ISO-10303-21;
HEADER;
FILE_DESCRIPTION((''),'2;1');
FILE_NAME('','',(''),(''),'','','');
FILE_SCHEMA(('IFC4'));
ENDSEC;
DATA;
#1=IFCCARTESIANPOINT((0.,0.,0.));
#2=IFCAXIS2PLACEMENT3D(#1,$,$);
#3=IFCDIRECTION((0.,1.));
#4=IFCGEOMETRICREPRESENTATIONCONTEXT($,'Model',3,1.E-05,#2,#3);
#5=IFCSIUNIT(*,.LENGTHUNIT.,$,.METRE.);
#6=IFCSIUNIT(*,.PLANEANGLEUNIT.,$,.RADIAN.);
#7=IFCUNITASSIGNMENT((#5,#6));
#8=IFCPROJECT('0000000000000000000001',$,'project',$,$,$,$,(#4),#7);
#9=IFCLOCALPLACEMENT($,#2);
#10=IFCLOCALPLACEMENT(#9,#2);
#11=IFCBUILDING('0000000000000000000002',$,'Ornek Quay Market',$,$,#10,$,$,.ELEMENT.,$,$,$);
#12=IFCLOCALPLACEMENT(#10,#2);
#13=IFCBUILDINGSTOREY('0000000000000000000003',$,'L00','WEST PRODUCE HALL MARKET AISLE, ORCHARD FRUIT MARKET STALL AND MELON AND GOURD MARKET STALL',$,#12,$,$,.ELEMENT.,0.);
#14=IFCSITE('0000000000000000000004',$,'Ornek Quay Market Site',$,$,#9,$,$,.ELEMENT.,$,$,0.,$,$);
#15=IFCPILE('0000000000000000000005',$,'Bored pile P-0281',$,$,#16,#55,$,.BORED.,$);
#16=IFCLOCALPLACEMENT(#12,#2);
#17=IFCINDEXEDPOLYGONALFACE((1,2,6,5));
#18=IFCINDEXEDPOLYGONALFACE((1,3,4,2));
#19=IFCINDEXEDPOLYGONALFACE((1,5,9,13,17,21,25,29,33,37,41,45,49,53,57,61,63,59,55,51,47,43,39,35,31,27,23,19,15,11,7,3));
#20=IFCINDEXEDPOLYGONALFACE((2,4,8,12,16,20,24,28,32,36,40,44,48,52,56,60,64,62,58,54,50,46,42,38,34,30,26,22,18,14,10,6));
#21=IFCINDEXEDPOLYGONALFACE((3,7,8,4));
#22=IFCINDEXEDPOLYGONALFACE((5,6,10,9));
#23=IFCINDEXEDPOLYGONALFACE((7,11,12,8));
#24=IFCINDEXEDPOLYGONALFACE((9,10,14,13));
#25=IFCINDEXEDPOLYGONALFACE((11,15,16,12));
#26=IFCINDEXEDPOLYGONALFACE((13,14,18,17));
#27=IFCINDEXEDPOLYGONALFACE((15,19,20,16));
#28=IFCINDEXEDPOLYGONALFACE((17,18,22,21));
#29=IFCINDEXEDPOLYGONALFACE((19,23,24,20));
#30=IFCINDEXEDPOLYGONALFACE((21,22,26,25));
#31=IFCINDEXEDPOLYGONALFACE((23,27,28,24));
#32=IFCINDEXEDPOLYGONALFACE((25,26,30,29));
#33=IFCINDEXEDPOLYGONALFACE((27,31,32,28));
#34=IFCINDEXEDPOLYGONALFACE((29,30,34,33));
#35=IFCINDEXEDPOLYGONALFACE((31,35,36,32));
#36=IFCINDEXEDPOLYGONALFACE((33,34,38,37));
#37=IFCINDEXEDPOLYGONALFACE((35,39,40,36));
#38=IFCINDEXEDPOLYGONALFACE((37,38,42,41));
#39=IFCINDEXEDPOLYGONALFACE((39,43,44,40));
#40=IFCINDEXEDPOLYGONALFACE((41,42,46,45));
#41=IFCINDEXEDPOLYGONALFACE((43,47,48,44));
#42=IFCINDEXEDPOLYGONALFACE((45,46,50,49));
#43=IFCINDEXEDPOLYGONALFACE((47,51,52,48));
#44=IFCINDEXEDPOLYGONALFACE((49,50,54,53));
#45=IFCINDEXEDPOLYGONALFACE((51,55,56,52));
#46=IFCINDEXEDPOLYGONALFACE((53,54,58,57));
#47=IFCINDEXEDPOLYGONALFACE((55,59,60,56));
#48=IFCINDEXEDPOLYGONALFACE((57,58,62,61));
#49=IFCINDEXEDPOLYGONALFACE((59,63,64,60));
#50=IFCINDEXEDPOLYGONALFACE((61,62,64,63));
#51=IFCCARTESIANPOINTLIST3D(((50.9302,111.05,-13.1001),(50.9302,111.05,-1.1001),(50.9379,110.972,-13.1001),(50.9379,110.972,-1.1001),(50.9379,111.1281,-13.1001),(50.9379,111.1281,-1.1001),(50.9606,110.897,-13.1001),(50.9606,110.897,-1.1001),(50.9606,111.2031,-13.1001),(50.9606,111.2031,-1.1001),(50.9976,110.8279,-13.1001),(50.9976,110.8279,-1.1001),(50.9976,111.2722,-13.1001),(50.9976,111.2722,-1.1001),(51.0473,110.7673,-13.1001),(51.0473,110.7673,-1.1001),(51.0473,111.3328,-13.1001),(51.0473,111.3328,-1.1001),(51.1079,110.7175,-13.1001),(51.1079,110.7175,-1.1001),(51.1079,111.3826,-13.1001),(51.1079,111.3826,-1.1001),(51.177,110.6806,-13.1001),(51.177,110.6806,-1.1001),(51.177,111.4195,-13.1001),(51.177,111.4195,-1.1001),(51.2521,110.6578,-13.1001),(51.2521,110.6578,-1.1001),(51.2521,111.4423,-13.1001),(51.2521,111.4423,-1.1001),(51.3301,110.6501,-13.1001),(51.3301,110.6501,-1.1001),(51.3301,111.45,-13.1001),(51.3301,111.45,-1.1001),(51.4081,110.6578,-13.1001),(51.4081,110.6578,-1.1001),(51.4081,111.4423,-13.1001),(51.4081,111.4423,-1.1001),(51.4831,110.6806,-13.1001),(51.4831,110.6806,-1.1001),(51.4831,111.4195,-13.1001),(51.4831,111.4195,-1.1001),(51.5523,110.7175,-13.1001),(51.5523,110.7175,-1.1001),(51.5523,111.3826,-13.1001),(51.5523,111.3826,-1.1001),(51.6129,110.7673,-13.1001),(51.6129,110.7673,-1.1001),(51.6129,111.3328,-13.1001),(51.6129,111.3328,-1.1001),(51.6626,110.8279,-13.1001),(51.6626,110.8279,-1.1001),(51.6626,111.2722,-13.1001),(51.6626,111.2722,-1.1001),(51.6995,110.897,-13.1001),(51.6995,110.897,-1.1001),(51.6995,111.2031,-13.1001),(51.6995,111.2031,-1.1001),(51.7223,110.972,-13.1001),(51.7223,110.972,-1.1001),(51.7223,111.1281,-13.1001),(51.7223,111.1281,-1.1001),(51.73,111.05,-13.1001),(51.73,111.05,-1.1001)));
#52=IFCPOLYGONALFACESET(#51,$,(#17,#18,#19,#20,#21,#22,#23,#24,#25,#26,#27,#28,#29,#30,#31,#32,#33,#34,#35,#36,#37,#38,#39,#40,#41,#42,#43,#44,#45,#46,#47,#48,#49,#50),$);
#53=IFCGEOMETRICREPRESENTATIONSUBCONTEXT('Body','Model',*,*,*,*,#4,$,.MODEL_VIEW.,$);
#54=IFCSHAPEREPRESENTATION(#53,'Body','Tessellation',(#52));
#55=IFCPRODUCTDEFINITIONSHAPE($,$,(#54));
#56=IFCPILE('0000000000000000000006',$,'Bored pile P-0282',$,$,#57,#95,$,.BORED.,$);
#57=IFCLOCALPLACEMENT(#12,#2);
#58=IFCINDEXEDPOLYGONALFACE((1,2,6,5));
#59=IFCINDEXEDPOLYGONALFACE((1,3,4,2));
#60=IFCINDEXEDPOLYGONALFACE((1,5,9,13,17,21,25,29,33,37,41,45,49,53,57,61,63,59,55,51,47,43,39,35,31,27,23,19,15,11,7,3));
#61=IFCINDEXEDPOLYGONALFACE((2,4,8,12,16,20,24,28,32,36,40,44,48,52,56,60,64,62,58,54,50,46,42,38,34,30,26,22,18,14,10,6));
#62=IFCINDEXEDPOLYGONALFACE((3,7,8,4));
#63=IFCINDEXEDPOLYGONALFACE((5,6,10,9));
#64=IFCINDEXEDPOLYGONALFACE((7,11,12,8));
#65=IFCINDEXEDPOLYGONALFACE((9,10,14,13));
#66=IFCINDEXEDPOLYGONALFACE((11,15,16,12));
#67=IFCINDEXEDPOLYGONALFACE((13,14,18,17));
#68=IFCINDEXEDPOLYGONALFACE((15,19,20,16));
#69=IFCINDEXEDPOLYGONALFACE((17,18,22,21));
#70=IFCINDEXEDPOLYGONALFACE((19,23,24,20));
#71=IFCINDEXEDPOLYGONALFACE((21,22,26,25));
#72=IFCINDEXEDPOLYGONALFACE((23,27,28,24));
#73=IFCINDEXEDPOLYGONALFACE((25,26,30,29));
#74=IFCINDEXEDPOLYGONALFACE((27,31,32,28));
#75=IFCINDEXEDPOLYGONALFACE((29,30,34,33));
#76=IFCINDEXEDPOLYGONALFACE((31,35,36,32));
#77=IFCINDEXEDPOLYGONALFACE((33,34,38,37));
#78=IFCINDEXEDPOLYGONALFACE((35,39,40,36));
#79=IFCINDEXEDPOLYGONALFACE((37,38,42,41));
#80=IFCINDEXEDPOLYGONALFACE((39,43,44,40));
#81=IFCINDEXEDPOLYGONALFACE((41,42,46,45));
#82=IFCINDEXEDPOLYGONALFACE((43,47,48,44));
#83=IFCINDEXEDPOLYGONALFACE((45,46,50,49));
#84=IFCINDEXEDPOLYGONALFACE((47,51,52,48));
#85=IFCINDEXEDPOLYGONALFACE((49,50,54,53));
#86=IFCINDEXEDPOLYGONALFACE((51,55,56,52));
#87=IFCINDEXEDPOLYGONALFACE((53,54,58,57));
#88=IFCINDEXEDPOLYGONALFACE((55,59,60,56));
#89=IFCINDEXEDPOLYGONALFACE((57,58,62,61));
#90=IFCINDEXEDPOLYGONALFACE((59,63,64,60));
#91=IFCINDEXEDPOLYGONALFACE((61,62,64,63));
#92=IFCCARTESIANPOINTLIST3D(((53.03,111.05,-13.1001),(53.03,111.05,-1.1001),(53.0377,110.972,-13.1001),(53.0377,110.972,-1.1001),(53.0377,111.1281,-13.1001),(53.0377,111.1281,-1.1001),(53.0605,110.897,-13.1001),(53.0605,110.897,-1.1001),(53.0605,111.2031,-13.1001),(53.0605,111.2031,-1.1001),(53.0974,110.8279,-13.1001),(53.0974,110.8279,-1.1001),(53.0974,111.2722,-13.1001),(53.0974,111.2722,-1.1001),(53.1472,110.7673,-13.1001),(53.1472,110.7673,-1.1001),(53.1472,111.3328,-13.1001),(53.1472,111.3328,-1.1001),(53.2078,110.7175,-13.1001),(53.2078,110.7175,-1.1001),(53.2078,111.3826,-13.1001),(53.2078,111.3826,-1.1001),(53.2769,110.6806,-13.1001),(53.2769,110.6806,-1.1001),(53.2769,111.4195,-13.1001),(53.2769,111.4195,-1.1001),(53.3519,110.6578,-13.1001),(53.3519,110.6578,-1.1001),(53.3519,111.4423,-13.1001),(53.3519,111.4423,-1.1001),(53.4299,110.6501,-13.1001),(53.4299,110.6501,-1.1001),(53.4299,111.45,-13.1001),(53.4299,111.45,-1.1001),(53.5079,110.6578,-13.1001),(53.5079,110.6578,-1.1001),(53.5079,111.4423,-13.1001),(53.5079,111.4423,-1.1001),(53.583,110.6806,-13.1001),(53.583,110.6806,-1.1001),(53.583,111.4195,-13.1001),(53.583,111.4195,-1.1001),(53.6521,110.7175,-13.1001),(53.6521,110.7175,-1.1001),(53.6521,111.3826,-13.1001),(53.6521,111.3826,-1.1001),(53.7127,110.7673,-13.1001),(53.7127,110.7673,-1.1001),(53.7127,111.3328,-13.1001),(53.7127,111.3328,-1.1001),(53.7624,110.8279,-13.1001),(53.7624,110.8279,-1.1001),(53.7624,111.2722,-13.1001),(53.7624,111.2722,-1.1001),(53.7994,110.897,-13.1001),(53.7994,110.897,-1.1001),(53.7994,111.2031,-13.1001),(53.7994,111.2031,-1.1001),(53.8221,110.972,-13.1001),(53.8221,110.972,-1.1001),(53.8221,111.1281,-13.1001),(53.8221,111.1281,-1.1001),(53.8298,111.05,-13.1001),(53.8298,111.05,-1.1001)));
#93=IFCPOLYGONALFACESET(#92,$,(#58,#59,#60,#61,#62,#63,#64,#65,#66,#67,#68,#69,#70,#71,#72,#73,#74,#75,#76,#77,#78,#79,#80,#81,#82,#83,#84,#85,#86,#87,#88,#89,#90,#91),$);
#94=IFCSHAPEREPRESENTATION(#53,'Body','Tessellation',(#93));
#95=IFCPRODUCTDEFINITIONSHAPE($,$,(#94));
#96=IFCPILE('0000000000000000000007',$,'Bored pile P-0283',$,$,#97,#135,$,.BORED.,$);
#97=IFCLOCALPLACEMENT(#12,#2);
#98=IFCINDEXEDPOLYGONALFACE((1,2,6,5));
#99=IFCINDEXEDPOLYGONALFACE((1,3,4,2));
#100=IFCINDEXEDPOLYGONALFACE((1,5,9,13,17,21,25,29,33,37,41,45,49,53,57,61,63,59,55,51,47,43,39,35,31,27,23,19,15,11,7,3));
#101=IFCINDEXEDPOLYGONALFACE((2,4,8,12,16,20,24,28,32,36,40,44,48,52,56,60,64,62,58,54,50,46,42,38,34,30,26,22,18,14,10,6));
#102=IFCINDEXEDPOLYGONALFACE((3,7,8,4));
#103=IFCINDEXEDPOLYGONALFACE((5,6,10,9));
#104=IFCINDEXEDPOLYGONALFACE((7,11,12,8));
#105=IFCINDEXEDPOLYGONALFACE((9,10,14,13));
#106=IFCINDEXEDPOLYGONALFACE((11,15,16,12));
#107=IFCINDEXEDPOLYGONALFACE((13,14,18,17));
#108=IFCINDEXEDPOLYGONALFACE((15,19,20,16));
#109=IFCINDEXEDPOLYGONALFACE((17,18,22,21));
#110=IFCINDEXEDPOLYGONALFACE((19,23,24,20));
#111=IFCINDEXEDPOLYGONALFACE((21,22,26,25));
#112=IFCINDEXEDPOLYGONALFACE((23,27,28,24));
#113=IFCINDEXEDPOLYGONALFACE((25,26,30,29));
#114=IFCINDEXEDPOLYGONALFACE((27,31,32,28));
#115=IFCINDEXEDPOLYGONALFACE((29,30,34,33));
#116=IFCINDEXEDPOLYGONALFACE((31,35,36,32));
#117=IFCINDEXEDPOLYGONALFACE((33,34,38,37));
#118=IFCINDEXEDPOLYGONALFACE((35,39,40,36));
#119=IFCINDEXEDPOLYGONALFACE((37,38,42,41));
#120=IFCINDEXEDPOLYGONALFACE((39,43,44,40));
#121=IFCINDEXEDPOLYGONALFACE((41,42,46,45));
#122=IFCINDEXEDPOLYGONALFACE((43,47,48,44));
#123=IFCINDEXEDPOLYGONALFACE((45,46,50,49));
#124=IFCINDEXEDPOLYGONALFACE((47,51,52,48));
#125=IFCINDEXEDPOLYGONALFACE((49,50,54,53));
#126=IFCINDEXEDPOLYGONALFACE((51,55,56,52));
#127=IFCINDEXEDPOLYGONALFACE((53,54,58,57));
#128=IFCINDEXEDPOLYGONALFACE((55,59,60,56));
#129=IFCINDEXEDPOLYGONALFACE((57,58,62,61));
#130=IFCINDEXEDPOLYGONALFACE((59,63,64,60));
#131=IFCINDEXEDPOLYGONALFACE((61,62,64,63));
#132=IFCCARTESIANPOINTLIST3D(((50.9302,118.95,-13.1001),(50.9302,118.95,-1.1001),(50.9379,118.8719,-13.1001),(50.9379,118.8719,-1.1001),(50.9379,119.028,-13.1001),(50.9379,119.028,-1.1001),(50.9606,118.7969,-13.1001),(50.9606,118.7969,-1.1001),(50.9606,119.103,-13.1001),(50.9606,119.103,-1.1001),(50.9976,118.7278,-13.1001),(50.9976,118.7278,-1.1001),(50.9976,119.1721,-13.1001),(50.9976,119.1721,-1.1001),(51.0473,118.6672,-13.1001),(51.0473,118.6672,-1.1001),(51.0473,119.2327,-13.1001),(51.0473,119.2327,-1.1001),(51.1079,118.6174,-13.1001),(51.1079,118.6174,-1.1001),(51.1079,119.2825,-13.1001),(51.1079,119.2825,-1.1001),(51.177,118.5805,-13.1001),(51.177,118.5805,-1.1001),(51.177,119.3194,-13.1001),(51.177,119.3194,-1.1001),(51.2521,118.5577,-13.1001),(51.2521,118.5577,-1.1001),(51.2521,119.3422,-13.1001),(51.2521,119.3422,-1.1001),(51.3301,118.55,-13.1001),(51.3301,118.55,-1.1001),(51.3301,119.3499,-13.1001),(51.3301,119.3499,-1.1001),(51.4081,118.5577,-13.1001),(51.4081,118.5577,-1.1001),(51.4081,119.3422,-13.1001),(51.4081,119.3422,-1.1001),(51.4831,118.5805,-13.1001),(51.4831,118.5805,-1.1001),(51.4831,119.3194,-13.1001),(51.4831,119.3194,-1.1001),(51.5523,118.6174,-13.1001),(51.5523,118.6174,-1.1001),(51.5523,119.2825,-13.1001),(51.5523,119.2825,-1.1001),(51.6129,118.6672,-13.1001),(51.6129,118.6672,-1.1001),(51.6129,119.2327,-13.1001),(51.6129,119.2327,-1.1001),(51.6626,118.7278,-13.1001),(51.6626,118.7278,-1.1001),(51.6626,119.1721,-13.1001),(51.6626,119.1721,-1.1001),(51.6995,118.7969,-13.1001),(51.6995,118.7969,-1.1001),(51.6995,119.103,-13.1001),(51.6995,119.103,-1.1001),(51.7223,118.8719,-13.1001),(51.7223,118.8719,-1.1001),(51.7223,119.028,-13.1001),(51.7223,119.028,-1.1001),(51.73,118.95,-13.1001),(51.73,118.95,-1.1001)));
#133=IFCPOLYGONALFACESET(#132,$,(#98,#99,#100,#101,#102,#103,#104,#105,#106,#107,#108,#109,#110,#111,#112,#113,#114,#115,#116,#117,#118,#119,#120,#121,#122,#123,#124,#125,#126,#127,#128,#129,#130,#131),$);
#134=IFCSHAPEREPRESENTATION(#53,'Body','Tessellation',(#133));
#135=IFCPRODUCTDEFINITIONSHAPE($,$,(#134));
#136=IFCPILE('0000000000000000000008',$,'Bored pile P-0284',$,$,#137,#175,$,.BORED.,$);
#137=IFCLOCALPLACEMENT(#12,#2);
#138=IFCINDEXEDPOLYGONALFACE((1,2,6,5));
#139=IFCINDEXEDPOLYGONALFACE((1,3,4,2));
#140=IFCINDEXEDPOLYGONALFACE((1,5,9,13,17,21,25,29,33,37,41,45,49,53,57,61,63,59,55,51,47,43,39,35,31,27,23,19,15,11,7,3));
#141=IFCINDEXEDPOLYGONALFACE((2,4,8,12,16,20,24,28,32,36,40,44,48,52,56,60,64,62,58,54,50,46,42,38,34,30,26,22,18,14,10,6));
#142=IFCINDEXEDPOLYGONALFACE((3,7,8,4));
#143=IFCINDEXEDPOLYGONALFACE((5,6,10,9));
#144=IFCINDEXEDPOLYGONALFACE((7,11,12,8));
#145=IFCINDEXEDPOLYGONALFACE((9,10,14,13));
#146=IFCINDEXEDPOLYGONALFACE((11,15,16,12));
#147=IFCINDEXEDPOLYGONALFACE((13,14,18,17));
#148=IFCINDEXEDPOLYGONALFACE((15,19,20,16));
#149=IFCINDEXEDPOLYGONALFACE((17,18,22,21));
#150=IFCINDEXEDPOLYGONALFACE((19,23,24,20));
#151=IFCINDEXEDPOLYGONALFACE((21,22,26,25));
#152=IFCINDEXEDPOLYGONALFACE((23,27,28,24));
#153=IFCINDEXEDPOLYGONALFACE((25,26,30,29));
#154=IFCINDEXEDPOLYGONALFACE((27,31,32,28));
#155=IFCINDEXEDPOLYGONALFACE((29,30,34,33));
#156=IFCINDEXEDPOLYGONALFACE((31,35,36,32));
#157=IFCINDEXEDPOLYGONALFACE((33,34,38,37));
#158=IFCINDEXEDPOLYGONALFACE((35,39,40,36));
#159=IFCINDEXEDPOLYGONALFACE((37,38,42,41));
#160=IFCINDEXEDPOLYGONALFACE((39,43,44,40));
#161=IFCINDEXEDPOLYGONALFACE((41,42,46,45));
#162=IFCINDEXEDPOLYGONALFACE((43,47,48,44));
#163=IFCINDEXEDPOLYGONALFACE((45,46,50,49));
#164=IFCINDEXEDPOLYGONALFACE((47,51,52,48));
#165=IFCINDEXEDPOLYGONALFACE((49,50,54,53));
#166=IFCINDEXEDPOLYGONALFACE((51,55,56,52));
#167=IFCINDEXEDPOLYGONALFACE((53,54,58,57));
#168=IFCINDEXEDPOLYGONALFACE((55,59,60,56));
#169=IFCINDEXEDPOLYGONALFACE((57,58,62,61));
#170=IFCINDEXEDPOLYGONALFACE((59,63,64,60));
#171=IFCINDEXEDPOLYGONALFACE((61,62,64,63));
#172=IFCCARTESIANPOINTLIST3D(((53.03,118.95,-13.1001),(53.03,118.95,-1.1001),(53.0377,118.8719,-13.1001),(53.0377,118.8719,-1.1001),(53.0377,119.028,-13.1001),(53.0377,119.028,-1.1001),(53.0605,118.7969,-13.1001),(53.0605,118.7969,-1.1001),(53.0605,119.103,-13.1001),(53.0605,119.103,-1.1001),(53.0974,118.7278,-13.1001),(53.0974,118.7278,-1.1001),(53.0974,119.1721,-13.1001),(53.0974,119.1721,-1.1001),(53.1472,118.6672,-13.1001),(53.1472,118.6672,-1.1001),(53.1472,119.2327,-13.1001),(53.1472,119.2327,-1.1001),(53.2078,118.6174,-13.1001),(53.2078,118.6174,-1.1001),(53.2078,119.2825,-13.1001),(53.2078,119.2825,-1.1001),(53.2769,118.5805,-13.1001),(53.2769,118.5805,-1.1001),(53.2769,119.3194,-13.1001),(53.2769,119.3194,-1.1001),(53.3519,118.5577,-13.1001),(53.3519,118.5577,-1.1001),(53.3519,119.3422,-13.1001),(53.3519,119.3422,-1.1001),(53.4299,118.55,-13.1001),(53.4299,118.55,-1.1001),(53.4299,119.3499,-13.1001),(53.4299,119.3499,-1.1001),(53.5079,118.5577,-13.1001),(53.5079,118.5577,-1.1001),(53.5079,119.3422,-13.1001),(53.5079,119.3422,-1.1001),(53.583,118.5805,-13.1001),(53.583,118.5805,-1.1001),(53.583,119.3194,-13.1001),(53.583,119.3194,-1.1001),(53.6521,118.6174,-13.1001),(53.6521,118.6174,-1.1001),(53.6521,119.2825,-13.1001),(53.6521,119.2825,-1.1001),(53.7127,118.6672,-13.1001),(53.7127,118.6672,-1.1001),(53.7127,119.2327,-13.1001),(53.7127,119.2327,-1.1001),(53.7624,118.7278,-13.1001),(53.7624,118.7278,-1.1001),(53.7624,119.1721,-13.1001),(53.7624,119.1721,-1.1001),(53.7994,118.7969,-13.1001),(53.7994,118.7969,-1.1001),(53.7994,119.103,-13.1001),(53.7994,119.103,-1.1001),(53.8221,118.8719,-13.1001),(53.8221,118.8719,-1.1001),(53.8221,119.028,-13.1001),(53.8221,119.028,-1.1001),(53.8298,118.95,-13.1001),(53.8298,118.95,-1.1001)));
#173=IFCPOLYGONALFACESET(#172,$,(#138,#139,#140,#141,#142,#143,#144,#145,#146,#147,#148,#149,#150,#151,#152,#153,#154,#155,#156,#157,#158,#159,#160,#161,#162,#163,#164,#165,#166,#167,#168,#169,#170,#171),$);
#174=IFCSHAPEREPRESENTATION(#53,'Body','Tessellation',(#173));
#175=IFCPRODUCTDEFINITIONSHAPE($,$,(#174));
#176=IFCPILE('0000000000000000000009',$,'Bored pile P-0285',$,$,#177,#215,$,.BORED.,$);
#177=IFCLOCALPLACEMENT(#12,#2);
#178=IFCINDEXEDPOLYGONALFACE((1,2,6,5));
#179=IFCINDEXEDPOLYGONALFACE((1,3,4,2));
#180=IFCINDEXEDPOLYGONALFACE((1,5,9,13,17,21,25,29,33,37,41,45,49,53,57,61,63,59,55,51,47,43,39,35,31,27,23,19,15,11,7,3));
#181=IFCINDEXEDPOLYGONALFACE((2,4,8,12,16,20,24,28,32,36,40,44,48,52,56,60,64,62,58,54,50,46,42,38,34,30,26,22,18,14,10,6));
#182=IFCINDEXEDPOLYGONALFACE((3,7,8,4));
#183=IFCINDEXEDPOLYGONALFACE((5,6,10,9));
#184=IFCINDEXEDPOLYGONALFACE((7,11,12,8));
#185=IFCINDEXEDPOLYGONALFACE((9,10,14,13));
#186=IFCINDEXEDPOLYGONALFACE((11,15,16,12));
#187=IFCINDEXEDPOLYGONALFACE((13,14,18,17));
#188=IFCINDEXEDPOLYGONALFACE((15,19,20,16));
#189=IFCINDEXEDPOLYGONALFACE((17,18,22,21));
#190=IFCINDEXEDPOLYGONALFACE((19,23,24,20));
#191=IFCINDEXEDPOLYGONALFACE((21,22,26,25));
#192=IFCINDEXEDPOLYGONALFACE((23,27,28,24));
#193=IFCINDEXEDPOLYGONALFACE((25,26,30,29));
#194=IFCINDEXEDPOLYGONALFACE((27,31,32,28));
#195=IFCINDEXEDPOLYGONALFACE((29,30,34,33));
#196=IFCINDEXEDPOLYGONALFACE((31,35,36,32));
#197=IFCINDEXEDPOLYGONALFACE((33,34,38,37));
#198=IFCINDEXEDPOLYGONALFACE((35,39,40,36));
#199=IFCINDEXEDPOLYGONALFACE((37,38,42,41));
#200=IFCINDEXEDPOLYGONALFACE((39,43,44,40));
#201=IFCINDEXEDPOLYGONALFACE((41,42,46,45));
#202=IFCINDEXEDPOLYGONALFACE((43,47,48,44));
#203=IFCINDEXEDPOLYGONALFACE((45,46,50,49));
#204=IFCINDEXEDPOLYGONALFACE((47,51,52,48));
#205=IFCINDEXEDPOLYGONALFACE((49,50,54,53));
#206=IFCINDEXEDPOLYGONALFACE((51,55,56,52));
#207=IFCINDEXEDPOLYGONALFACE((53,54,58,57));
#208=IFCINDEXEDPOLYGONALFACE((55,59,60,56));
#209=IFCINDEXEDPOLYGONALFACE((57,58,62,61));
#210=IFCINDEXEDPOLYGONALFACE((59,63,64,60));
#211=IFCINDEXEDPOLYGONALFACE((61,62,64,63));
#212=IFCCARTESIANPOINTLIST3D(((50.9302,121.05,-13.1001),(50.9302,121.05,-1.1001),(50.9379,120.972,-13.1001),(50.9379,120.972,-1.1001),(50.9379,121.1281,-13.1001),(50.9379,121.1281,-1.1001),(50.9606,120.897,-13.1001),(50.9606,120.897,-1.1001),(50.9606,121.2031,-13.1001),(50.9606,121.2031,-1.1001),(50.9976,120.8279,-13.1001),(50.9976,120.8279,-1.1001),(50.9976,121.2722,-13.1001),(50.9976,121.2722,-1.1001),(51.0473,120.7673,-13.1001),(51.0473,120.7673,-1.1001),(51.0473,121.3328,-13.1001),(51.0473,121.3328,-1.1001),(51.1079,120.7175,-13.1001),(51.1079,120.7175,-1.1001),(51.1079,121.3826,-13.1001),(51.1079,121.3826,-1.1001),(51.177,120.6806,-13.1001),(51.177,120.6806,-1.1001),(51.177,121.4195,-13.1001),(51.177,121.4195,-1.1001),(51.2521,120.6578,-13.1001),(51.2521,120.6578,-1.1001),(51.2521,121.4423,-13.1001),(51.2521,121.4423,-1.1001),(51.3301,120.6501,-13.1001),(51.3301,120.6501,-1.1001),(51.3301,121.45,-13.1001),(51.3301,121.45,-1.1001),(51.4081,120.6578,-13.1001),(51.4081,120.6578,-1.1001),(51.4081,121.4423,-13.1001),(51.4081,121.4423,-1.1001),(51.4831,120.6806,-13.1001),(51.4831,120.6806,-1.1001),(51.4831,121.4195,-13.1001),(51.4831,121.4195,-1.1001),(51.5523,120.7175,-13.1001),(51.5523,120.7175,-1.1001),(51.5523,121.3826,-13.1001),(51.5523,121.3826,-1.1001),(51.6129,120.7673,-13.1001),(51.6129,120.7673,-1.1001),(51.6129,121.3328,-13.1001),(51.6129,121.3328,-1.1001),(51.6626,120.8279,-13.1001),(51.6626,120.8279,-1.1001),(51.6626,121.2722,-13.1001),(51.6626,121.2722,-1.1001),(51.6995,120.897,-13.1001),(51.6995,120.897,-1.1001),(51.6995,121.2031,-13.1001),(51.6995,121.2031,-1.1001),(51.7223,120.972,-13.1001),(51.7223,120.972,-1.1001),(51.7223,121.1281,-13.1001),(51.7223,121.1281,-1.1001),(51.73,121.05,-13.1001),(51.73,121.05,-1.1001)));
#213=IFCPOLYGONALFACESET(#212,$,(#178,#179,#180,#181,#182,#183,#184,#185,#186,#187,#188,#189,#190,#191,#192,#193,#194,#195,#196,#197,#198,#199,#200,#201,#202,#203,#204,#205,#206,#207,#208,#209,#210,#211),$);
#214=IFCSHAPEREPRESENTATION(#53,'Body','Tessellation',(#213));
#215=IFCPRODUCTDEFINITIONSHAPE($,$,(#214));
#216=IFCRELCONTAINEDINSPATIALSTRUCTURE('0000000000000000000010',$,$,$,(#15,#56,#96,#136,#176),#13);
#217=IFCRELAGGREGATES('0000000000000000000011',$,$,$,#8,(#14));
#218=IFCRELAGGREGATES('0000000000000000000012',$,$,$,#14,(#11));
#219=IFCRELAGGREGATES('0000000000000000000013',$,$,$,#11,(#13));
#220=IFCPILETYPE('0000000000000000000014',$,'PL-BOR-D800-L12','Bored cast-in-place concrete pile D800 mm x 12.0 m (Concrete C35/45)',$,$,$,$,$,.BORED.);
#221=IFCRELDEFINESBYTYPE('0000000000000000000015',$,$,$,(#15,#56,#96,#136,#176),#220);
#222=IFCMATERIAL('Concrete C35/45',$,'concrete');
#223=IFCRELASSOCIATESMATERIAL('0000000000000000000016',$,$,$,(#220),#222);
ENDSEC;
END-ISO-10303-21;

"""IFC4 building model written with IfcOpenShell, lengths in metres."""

from ifc_helpers import new_model, si_unit, direction, frame, origin, origin_2d, place, context, subcontext, project, spatial, circle, extrude, material, material_profile, profile_set, type_object, element, save


model = new_model("IFC4")

# Units and contexts
model_context = context("Model", 3, precision=1e-05, world=origin(), true_north=direction((0.0, 1.0)))
body_context = subcontext(model_context, "Body", "Model", "MODEL_VIEW")
ifc_project = project(units=[si_unit("LENGTHUNIT", "METRE"), si_unit("PLANEANGLEUNIT", "RADIAN")], contexts=[model_context])

# Site, building, storey
site_placement = place(None, origin())
site = spatial("IfcSite", under=ifc_project, at=site_placement, Name="Ornek Quay Market Site", CompositionType="ELEMENT", RefElevation=0.0)
building_placement = place(site_placement, origin())
building = spatial("IfcBuilding", under=site, at=building_placement, Name="Ornek Quay Market", CompositionType="ELEMENT")
storey_placement = place(building_placement, origin())
storey = spatial("IfcBuildingStorey", under=building, at=storey_placement, Name="L00", Description="WEST PRODUCE HALL MARKET AISLE, ORCHARD FRUIT MARKET STALL AND MELON AND GOURD MARKET STALL", CompositionType="ELEMENT", Elevation=0.0)

# Piles
ifc_material_1 = material(Name="Concrete C35/45", Category="concrete")
ifc_material_profile_1 = material_profile(ifc_material_1, circle(Radius=0.3999, at=origin_2d()), Name="PILE D800", Category="concrete")
ifc_profile_set_1 = profile_set([ifc_material_profile_1], Name="Concrete C35/45")
pile_type = type_object("IfcPileType", Name="PL-BOR-D800-L12", Description="Bored cast-in-place concrete pile D800 mm x 12.0 m (Concrete C35/45)", PredefinedType="BORED", material=ifc_profile_set_1)
for number, where, z_axis, x_axis, name in (
    (1, (51.3301, 111.05, -1.1001), (0.0, 0.0, -1.0), (1.0, 0.0, 0.0), "Bored pile P-0281"),
    (2, (53.4299, 111.05, -1.1001), (0.0, 0.0, -1.0), (1.0, 0.0, 0.0), "Bored pile P-0282"),
    (3, (51.3301, 118.95, -1.1001), (0.0, 0.0, -1.0), (1.0, 0.0, 0.0), "Bored pile P-0283"),
    (4, (53.4299, 118.95, -1.1001), (0.0, 0.0, -1.0), (1.0, 0.0, 0.0), "Bored pile P-0284"),
    (5, (51.3301, 121.05, -1.1001), (0.0, 0.0, -1.0), (1.0, 0.0, 0.0), "Bored pile P-0285"),
):
    element("IfcPile", number, at=place(storey_placement, frame(where, z_axis=z_axis, x_axis=x_axis)), inside=storey, type_object=pile_type, Name=name, PredefinedType="BORED", context=body_context, shape_type="SweptSolid", body=[
        extrude(circle(Radius=0.3999, at=origin_2d()), origin(), (0.0, 0.0, 1.0), 12.0),
    ])

save(model, "model.ifc")
